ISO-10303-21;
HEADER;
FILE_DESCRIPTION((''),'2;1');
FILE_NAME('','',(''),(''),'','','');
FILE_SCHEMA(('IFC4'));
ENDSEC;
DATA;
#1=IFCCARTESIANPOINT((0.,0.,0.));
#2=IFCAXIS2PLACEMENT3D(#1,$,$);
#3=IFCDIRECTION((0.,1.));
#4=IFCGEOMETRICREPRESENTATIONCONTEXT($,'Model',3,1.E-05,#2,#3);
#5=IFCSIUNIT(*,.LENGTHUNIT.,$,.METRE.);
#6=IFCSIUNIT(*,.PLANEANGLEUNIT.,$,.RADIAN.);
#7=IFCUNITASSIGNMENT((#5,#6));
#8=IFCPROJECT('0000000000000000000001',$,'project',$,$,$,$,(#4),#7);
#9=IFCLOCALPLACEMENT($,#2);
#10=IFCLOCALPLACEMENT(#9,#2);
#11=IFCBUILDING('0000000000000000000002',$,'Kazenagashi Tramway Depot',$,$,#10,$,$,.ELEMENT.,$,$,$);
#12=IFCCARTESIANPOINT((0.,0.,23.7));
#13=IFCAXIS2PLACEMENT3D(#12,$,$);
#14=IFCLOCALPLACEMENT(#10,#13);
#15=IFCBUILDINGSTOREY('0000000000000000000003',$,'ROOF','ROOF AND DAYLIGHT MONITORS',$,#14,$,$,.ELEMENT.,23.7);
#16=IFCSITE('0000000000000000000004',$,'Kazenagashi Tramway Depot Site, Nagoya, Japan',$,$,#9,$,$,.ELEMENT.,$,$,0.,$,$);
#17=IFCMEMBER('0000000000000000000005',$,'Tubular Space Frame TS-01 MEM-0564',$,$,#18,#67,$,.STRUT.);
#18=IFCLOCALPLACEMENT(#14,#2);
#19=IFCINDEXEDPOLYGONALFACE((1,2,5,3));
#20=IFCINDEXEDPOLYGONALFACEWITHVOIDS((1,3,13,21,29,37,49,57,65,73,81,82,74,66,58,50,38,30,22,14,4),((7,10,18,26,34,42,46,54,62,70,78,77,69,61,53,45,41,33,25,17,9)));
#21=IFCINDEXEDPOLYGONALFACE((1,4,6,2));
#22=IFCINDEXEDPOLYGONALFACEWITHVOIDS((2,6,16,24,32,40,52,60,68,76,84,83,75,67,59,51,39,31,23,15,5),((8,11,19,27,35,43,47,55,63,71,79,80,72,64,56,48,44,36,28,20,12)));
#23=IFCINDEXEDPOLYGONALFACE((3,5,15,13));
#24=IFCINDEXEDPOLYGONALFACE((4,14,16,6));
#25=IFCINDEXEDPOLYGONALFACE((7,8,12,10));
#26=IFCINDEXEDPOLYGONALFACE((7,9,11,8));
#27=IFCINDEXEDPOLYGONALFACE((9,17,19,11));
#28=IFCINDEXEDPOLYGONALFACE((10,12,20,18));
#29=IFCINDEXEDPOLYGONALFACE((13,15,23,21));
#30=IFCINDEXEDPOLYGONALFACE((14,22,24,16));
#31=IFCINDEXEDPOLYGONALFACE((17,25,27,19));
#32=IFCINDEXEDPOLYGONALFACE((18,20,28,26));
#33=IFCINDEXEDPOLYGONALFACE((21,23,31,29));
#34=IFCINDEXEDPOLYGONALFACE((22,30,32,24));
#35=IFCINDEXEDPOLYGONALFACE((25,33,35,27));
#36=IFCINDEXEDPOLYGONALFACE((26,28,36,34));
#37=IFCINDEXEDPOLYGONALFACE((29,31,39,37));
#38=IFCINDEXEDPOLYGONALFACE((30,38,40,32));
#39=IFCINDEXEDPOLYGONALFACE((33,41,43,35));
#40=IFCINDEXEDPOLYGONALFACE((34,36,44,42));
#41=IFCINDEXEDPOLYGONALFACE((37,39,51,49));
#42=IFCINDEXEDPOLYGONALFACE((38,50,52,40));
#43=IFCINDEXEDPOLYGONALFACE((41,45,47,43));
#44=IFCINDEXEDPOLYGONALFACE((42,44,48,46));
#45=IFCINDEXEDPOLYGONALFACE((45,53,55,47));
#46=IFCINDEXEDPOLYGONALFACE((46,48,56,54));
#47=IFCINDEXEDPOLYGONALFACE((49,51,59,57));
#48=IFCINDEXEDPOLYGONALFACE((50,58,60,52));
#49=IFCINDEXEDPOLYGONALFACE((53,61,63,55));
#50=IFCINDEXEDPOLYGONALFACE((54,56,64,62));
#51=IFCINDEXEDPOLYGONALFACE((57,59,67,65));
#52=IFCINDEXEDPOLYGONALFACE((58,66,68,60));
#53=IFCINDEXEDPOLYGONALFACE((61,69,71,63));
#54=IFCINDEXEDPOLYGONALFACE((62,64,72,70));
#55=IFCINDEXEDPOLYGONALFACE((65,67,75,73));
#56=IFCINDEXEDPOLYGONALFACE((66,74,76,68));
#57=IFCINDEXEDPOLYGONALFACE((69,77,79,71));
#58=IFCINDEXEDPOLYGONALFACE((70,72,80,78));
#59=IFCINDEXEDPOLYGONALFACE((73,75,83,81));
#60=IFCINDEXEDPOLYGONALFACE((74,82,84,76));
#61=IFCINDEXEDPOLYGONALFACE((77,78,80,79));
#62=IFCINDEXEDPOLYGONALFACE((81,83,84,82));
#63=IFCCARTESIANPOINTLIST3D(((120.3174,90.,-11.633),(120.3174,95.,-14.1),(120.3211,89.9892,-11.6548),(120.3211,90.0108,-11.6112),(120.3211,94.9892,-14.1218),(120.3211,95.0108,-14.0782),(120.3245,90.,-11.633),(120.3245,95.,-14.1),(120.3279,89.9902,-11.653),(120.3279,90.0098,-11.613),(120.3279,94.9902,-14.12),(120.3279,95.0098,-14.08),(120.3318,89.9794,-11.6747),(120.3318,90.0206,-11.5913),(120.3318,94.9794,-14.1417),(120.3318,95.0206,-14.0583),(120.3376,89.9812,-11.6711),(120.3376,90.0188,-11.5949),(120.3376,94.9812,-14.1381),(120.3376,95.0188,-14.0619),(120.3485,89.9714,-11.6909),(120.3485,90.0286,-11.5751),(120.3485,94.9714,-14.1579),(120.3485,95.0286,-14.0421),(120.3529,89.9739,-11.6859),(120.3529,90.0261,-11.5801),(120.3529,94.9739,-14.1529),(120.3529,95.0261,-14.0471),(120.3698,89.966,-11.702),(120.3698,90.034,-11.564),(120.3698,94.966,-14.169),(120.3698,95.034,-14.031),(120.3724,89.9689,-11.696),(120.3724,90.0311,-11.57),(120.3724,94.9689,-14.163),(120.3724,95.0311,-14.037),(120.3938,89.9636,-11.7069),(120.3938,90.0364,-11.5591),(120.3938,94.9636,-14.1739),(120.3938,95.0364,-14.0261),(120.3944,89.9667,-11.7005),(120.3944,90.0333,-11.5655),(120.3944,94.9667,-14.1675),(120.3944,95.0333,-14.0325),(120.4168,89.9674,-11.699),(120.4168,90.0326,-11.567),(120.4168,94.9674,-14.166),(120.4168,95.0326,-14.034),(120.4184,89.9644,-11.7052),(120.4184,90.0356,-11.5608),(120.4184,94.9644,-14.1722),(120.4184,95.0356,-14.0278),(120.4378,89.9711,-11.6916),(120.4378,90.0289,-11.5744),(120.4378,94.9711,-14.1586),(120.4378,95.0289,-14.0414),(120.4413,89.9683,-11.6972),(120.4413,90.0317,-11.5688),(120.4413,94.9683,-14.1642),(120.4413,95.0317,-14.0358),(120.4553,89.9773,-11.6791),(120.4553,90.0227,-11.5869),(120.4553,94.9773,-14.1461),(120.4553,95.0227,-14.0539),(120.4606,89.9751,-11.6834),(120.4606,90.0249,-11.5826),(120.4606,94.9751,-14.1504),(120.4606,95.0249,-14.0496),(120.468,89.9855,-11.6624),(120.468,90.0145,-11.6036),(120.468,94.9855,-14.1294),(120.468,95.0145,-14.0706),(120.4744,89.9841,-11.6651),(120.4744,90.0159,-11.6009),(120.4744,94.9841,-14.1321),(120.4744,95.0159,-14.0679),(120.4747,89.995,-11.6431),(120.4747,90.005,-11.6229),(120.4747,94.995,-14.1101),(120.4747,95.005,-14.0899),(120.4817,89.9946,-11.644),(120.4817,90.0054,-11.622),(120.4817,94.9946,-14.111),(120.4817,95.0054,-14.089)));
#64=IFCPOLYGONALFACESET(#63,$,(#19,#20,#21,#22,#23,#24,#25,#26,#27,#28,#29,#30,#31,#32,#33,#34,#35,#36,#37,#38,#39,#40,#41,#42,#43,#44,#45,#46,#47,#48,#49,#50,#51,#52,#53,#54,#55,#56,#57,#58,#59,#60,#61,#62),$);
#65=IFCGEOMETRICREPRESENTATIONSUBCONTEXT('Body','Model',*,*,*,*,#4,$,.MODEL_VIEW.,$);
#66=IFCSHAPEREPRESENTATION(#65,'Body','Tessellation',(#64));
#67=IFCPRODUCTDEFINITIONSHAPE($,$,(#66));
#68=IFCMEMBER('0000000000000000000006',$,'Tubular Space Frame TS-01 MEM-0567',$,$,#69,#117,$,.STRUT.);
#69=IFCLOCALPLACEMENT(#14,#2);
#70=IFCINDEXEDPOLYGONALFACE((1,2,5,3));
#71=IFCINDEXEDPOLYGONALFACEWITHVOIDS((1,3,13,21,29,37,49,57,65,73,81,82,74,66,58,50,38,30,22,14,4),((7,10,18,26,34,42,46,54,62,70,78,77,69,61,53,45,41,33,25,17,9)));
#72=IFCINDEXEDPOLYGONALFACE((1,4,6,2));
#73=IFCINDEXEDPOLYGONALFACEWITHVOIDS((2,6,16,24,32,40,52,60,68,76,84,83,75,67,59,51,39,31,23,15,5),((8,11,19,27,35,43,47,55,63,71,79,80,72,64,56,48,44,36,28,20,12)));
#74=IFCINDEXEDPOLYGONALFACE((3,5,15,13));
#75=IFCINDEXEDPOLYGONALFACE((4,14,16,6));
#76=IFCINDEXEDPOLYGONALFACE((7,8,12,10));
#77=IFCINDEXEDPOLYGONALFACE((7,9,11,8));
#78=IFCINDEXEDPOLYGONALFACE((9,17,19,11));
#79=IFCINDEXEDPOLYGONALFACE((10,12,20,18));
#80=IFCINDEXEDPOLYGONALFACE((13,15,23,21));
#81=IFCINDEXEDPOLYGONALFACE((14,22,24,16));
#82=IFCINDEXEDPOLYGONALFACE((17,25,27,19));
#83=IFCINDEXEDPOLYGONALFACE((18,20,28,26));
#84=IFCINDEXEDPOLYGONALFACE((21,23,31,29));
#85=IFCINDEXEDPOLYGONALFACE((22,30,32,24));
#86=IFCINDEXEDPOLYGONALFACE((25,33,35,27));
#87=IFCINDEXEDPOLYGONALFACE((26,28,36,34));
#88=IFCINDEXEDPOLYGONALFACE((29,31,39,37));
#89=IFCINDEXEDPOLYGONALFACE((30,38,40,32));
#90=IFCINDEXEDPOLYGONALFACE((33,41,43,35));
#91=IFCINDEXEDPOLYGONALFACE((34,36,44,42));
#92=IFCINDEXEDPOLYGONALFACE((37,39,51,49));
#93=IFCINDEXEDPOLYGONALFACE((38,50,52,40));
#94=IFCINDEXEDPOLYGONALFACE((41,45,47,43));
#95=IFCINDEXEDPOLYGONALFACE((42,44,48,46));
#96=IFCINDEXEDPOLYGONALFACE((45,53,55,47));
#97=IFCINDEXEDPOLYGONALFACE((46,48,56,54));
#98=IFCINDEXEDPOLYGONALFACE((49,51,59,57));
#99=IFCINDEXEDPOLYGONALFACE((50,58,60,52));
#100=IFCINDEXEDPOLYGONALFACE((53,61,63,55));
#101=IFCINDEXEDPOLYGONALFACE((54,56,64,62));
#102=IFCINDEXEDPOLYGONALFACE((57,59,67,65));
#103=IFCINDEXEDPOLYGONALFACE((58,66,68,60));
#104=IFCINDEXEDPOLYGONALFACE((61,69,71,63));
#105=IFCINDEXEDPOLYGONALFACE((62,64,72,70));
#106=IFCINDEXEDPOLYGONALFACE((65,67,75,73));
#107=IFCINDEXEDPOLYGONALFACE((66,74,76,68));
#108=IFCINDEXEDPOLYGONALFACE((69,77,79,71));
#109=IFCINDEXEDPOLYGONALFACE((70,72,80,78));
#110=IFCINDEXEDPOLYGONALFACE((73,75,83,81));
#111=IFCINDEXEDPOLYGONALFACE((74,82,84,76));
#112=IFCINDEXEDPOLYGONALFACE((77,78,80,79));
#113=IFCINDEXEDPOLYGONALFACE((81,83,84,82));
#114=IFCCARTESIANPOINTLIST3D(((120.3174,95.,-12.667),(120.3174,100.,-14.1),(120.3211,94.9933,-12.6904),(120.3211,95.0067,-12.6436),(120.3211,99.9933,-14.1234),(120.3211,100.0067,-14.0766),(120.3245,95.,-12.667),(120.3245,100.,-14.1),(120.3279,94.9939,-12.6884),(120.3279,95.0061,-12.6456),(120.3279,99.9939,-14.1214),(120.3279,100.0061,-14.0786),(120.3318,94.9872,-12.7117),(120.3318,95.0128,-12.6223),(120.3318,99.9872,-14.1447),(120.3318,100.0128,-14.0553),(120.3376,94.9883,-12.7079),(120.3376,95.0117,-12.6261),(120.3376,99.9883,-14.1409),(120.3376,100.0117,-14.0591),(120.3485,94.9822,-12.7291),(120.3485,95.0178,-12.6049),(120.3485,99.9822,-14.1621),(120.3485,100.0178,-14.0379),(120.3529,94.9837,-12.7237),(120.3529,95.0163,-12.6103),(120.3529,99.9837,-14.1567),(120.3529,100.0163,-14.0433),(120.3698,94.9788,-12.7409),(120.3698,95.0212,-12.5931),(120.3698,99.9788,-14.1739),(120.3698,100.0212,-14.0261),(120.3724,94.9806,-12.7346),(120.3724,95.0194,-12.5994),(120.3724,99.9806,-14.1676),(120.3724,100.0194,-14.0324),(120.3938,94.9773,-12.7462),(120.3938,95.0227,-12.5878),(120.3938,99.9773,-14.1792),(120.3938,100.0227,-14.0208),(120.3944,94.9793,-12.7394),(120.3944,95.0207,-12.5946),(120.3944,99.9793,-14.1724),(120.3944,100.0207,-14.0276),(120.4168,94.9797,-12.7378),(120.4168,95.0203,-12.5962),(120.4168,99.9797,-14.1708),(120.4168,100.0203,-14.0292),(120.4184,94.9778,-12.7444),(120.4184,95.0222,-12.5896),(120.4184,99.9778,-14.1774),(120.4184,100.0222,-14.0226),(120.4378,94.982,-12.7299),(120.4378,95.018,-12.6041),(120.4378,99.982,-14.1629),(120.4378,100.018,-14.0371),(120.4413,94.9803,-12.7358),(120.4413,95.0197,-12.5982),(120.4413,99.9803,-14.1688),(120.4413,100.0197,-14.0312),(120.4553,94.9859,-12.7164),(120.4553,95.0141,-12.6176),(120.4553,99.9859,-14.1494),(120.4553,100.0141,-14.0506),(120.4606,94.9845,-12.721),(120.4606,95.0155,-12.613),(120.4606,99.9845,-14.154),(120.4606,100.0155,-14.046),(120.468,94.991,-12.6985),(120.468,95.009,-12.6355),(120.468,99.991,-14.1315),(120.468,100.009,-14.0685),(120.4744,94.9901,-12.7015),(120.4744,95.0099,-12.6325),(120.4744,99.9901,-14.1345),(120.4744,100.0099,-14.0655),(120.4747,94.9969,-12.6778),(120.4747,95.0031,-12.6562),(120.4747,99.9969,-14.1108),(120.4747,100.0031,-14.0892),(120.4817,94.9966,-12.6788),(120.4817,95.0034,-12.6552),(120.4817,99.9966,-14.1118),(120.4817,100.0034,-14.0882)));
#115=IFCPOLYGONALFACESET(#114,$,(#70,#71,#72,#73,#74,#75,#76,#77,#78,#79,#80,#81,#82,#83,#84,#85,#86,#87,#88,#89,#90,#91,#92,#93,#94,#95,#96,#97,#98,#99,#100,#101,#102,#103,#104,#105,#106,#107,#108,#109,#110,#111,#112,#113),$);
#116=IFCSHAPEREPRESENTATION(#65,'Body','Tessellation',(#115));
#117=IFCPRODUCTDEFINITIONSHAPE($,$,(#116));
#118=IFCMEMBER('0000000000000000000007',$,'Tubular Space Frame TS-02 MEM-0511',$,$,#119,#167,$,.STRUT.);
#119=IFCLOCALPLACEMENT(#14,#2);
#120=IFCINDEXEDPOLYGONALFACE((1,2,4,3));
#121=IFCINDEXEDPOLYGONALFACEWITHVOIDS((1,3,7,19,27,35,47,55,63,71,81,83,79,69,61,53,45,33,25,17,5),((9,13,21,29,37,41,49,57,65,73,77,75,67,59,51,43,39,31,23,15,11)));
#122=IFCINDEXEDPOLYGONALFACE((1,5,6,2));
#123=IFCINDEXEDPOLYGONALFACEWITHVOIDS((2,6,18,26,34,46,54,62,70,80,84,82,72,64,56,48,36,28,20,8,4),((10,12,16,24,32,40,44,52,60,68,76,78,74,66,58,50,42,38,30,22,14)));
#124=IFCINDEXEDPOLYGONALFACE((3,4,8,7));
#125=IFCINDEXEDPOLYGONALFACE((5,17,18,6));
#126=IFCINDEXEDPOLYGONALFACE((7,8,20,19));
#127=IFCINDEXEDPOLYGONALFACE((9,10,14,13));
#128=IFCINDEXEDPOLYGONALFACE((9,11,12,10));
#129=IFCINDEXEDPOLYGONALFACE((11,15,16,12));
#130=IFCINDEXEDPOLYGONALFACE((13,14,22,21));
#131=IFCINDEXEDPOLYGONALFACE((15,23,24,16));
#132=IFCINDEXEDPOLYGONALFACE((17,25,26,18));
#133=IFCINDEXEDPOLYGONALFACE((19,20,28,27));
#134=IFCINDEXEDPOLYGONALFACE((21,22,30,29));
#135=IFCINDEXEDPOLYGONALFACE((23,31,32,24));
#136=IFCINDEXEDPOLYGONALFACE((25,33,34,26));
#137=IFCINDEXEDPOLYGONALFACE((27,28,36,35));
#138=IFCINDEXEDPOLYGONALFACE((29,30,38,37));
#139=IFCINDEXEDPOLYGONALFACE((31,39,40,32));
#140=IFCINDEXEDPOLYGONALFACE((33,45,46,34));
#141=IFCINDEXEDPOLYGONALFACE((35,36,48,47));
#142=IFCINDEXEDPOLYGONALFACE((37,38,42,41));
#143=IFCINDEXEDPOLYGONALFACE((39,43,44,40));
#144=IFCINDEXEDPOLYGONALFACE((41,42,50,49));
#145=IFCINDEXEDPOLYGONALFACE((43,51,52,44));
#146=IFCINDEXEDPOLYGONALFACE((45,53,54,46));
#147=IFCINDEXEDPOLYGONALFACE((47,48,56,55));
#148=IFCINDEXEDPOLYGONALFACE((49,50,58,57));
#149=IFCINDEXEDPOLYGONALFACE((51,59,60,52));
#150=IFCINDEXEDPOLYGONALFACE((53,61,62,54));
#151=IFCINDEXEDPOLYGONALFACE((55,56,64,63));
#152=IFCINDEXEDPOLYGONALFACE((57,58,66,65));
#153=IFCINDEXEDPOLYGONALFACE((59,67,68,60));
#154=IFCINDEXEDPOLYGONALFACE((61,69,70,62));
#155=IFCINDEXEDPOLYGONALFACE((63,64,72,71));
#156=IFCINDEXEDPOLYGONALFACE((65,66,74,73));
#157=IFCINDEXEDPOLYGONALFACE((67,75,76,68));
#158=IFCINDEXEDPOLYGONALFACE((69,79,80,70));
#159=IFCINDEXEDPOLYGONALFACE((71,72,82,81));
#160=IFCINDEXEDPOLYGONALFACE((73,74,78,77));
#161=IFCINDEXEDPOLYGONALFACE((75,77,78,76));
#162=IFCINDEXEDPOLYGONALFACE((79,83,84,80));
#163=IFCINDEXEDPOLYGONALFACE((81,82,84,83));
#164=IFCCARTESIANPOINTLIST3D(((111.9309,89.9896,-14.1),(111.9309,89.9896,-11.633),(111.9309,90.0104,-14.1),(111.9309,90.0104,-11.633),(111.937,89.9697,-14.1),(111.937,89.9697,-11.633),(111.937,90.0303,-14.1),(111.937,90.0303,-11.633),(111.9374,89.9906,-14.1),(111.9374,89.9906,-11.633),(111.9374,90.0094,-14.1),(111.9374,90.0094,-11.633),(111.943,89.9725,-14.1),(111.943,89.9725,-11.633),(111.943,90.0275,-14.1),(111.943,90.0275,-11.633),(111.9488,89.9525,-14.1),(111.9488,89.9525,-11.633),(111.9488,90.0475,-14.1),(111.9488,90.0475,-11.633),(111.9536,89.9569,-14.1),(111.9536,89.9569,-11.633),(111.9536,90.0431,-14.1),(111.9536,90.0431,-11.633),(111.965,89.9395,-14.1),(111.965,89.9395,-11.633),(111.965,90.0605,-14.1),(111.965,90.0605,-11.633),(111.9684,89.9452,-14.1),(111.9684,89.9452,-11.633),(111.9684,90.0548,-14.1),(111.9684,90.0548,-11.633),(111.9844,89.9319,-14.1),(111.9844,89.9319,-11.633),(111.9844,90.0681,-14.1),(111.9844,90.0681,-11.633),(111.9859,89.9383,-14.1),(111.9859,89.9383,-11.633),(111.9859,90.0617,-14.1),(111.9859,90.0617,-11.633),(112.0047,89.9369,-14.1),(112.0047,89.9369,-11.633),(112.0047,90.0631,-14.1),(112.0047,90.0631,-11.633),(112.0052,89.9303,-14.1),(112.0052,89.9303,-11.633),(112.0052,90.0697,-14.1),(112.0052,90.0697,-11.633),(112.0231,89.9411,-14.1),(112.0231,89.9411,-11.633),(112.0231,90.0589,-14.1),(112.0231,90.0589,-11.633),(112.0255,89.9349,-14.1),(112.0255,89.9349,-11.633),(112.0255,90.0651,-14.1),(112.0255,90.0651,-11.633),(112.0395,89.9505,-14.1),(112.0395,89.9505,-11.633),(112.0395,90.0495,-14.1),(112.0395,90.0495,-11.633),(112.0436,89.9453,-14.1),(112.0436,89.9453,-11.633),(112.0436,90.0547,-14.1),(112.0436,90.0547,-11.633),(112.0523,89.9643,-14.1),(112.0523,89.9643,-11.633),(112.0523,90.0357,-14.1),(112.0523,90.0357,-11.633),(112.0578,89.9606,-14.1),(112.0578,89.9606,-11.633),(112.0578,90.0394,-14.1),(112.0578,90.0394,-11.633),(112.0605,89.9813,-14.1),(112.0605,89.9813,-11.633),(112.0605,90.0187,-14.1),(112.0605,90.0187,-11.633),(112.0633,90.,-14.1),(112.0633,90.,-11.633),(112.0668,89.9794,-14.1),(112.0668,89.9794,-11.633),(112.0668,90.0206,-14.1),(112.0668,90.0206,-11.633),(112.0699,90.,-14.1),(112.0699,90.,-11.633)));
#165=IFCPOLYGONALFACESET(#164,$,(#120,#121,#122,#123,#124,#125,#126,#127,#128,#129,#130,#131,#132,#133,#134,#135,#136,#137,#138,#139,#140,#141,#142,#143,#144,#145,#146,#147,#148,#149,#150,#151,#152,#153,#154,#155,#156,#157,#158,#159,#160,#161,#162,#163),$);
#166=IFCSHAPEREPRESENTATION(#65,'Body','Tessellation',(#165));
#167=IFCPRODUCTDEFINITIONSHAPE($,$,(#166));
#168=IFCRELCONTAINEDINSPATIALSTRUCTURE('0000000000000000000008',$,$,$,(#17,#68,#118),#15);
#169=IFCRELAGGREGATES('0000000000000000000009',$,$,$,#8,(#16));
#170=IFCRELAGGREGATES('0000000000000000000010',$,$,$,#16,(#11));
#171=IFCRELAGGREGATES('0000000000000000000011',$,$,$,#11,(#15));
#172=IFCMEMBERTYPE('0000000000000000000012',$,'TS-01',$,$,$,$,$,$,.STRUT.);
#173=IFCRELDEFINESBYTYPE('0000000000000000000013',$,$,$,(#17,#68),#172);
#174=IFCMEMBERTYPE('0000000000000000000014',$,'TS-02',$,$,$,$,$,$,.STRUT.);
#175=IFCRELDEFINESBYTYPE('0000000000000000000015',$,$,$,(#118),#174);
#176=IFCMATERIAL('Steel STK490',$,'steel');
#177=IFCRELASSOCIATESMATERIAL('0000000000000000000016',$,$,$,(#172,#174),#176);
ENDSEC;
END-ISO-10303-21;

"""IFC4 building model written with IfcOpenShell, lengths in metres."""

from ifc_helpers import new_model, si_unit, direction, frame, origin, origin_2d, place, context, subcontext, project, spatial, hollow_circle, extrude, material, material_profile, profile_set, type_object, element, save


model = new_model("IFC4")

# Units and contexts
model_context = context("Model", 3, precision=1e-05, world=origin(), true_north=direction((0.0, 1.0)))
body_context = subcontext(model_context, "Body", "Model", "MODEL_VIEW")
ifc_project = project(units=[si_unit("LENGTHUNIT", "METRE"), si_unit("PLANEANGLEUNIT", "RADIAN")], contexts=[model_context])

# Site, building, storey
site_placement = place(None, origin())
site = spatial("IfcSite", under=ifc_project, at=site_placement, Name="Kazenagashi Tramway Depot Site, Nagoya, Japan", CompositionType="ELEMENT", RefElevation=0.0)
building_placement = place(site_placement, origin())
building = spatial("IfcBuilding", under=site, at=building_placement, Name="Kazenagashi Tramway Depot", CompositionType="ELEMENT")
storey_placement = place(building_placement, frame((0.0, 0.0, 23.7)))
storey = spatial("IfcBuildingStorey", under=building, at=storey_placement, Name="ROOF", Description="ROOF AND DAYLIGHT MONITORS", CompositionType="ELEMENT", Elevation=23.7)

# Members
ifc_material_1 = material(Name="Steel STK490", Category="steel")
ifc_material_profile_1 = material_profile(ifc_material_1, hollow_circle(Radius=0.0826, WallThickness=0.0071, at=origin_2d()), Name="CHS-165.2x7.1")
ifc_profile_set_1 = profile_set([ifc_material_profile_1], Name="Steel STK490")
member_type_1 = type_object("IfcMemberType", Name="TS-01", PredefinedType="STRUT", material=ifc_profile_set_1)
for number, where, z_axis, x_axis, name in (
    (1, (120.4, 90.0, -11.633), (0.0, 0.896782, -0.442472), (-1.0, 0.0, 0.0), "Tubular Space Frame TS-01 MEM-0564"),
):
    element("IfcMember", number, at=place(storey_placement, frame(where, z_axis=z_axis, x_axis=x_axis)), inside=storey, type_object=member_type_1, Name=name, PredefinedType="STRUT", context=body_context, shape_type="SweptSolid", body=[
        extrude(hollow_circle(Radius=0.0826, WallThickness=0.0071, at=origin_2d()), origin(), (0.0, 0.0, 1.0), 5.5755),
    ])
member_1_placement = place(storey_placement, frame((120.4, 95.0, -12.667), z_axis=(0.0, 0.961299, -0.275508), x_axis=(-1.0, 0.0, 0.0)))
element("IfcMember", 2, at=member_1_placement, inside=storey, type_object=member_type_1, Name="Tubular Space Frame TS-01 MEM-0567", PredefinedType="STRUT", context=body_context, shape_type="SweptSolid", body=[
    extrude(hollow_circle(Radius=0.0826, WallThickness=0.0071, at=origin_2d()), origin(), (0.0, 0.0, 1.0), 5.2013),
])
ifc_material_profile_2 = material_profile(ifc_material_1, hollow_circle(Radius=0.0699, WallThickness=0.0066, at=origin_2d()), Name="CHS-139.8x6.6")
ifc_profile_set_2 = profile_set([ifc_material_profile_2], Name="Steel STK490")
member_type_2 = type_object("IfcMemberType", Name="TS-02", PredefinedType="STRUT", material=ifc_profile_set_2)
member_2_placement = place(storey_placement, frame((112.0, 90.0, -14.1), z_axis=(0.0, 0.0, 1.0), x_axis=(1.0, 0.0, 0.0)))
element("IfcMember", 3, at=member_2_placement, inside=storey, type_object=member_type_2, Name="Tubular Space Frame TS-02 MEM-0511", PredefinedType="STRUT", context=body_context, shape_type="SweptSolid", body=[
    extrude(hollow_circle(Radius=0.0699, WallThickness=0.0066, at=origin_2d()), origin(), (0.0, 0.0, 1.0), 2.467),
])

save(model, "model.ifc")
